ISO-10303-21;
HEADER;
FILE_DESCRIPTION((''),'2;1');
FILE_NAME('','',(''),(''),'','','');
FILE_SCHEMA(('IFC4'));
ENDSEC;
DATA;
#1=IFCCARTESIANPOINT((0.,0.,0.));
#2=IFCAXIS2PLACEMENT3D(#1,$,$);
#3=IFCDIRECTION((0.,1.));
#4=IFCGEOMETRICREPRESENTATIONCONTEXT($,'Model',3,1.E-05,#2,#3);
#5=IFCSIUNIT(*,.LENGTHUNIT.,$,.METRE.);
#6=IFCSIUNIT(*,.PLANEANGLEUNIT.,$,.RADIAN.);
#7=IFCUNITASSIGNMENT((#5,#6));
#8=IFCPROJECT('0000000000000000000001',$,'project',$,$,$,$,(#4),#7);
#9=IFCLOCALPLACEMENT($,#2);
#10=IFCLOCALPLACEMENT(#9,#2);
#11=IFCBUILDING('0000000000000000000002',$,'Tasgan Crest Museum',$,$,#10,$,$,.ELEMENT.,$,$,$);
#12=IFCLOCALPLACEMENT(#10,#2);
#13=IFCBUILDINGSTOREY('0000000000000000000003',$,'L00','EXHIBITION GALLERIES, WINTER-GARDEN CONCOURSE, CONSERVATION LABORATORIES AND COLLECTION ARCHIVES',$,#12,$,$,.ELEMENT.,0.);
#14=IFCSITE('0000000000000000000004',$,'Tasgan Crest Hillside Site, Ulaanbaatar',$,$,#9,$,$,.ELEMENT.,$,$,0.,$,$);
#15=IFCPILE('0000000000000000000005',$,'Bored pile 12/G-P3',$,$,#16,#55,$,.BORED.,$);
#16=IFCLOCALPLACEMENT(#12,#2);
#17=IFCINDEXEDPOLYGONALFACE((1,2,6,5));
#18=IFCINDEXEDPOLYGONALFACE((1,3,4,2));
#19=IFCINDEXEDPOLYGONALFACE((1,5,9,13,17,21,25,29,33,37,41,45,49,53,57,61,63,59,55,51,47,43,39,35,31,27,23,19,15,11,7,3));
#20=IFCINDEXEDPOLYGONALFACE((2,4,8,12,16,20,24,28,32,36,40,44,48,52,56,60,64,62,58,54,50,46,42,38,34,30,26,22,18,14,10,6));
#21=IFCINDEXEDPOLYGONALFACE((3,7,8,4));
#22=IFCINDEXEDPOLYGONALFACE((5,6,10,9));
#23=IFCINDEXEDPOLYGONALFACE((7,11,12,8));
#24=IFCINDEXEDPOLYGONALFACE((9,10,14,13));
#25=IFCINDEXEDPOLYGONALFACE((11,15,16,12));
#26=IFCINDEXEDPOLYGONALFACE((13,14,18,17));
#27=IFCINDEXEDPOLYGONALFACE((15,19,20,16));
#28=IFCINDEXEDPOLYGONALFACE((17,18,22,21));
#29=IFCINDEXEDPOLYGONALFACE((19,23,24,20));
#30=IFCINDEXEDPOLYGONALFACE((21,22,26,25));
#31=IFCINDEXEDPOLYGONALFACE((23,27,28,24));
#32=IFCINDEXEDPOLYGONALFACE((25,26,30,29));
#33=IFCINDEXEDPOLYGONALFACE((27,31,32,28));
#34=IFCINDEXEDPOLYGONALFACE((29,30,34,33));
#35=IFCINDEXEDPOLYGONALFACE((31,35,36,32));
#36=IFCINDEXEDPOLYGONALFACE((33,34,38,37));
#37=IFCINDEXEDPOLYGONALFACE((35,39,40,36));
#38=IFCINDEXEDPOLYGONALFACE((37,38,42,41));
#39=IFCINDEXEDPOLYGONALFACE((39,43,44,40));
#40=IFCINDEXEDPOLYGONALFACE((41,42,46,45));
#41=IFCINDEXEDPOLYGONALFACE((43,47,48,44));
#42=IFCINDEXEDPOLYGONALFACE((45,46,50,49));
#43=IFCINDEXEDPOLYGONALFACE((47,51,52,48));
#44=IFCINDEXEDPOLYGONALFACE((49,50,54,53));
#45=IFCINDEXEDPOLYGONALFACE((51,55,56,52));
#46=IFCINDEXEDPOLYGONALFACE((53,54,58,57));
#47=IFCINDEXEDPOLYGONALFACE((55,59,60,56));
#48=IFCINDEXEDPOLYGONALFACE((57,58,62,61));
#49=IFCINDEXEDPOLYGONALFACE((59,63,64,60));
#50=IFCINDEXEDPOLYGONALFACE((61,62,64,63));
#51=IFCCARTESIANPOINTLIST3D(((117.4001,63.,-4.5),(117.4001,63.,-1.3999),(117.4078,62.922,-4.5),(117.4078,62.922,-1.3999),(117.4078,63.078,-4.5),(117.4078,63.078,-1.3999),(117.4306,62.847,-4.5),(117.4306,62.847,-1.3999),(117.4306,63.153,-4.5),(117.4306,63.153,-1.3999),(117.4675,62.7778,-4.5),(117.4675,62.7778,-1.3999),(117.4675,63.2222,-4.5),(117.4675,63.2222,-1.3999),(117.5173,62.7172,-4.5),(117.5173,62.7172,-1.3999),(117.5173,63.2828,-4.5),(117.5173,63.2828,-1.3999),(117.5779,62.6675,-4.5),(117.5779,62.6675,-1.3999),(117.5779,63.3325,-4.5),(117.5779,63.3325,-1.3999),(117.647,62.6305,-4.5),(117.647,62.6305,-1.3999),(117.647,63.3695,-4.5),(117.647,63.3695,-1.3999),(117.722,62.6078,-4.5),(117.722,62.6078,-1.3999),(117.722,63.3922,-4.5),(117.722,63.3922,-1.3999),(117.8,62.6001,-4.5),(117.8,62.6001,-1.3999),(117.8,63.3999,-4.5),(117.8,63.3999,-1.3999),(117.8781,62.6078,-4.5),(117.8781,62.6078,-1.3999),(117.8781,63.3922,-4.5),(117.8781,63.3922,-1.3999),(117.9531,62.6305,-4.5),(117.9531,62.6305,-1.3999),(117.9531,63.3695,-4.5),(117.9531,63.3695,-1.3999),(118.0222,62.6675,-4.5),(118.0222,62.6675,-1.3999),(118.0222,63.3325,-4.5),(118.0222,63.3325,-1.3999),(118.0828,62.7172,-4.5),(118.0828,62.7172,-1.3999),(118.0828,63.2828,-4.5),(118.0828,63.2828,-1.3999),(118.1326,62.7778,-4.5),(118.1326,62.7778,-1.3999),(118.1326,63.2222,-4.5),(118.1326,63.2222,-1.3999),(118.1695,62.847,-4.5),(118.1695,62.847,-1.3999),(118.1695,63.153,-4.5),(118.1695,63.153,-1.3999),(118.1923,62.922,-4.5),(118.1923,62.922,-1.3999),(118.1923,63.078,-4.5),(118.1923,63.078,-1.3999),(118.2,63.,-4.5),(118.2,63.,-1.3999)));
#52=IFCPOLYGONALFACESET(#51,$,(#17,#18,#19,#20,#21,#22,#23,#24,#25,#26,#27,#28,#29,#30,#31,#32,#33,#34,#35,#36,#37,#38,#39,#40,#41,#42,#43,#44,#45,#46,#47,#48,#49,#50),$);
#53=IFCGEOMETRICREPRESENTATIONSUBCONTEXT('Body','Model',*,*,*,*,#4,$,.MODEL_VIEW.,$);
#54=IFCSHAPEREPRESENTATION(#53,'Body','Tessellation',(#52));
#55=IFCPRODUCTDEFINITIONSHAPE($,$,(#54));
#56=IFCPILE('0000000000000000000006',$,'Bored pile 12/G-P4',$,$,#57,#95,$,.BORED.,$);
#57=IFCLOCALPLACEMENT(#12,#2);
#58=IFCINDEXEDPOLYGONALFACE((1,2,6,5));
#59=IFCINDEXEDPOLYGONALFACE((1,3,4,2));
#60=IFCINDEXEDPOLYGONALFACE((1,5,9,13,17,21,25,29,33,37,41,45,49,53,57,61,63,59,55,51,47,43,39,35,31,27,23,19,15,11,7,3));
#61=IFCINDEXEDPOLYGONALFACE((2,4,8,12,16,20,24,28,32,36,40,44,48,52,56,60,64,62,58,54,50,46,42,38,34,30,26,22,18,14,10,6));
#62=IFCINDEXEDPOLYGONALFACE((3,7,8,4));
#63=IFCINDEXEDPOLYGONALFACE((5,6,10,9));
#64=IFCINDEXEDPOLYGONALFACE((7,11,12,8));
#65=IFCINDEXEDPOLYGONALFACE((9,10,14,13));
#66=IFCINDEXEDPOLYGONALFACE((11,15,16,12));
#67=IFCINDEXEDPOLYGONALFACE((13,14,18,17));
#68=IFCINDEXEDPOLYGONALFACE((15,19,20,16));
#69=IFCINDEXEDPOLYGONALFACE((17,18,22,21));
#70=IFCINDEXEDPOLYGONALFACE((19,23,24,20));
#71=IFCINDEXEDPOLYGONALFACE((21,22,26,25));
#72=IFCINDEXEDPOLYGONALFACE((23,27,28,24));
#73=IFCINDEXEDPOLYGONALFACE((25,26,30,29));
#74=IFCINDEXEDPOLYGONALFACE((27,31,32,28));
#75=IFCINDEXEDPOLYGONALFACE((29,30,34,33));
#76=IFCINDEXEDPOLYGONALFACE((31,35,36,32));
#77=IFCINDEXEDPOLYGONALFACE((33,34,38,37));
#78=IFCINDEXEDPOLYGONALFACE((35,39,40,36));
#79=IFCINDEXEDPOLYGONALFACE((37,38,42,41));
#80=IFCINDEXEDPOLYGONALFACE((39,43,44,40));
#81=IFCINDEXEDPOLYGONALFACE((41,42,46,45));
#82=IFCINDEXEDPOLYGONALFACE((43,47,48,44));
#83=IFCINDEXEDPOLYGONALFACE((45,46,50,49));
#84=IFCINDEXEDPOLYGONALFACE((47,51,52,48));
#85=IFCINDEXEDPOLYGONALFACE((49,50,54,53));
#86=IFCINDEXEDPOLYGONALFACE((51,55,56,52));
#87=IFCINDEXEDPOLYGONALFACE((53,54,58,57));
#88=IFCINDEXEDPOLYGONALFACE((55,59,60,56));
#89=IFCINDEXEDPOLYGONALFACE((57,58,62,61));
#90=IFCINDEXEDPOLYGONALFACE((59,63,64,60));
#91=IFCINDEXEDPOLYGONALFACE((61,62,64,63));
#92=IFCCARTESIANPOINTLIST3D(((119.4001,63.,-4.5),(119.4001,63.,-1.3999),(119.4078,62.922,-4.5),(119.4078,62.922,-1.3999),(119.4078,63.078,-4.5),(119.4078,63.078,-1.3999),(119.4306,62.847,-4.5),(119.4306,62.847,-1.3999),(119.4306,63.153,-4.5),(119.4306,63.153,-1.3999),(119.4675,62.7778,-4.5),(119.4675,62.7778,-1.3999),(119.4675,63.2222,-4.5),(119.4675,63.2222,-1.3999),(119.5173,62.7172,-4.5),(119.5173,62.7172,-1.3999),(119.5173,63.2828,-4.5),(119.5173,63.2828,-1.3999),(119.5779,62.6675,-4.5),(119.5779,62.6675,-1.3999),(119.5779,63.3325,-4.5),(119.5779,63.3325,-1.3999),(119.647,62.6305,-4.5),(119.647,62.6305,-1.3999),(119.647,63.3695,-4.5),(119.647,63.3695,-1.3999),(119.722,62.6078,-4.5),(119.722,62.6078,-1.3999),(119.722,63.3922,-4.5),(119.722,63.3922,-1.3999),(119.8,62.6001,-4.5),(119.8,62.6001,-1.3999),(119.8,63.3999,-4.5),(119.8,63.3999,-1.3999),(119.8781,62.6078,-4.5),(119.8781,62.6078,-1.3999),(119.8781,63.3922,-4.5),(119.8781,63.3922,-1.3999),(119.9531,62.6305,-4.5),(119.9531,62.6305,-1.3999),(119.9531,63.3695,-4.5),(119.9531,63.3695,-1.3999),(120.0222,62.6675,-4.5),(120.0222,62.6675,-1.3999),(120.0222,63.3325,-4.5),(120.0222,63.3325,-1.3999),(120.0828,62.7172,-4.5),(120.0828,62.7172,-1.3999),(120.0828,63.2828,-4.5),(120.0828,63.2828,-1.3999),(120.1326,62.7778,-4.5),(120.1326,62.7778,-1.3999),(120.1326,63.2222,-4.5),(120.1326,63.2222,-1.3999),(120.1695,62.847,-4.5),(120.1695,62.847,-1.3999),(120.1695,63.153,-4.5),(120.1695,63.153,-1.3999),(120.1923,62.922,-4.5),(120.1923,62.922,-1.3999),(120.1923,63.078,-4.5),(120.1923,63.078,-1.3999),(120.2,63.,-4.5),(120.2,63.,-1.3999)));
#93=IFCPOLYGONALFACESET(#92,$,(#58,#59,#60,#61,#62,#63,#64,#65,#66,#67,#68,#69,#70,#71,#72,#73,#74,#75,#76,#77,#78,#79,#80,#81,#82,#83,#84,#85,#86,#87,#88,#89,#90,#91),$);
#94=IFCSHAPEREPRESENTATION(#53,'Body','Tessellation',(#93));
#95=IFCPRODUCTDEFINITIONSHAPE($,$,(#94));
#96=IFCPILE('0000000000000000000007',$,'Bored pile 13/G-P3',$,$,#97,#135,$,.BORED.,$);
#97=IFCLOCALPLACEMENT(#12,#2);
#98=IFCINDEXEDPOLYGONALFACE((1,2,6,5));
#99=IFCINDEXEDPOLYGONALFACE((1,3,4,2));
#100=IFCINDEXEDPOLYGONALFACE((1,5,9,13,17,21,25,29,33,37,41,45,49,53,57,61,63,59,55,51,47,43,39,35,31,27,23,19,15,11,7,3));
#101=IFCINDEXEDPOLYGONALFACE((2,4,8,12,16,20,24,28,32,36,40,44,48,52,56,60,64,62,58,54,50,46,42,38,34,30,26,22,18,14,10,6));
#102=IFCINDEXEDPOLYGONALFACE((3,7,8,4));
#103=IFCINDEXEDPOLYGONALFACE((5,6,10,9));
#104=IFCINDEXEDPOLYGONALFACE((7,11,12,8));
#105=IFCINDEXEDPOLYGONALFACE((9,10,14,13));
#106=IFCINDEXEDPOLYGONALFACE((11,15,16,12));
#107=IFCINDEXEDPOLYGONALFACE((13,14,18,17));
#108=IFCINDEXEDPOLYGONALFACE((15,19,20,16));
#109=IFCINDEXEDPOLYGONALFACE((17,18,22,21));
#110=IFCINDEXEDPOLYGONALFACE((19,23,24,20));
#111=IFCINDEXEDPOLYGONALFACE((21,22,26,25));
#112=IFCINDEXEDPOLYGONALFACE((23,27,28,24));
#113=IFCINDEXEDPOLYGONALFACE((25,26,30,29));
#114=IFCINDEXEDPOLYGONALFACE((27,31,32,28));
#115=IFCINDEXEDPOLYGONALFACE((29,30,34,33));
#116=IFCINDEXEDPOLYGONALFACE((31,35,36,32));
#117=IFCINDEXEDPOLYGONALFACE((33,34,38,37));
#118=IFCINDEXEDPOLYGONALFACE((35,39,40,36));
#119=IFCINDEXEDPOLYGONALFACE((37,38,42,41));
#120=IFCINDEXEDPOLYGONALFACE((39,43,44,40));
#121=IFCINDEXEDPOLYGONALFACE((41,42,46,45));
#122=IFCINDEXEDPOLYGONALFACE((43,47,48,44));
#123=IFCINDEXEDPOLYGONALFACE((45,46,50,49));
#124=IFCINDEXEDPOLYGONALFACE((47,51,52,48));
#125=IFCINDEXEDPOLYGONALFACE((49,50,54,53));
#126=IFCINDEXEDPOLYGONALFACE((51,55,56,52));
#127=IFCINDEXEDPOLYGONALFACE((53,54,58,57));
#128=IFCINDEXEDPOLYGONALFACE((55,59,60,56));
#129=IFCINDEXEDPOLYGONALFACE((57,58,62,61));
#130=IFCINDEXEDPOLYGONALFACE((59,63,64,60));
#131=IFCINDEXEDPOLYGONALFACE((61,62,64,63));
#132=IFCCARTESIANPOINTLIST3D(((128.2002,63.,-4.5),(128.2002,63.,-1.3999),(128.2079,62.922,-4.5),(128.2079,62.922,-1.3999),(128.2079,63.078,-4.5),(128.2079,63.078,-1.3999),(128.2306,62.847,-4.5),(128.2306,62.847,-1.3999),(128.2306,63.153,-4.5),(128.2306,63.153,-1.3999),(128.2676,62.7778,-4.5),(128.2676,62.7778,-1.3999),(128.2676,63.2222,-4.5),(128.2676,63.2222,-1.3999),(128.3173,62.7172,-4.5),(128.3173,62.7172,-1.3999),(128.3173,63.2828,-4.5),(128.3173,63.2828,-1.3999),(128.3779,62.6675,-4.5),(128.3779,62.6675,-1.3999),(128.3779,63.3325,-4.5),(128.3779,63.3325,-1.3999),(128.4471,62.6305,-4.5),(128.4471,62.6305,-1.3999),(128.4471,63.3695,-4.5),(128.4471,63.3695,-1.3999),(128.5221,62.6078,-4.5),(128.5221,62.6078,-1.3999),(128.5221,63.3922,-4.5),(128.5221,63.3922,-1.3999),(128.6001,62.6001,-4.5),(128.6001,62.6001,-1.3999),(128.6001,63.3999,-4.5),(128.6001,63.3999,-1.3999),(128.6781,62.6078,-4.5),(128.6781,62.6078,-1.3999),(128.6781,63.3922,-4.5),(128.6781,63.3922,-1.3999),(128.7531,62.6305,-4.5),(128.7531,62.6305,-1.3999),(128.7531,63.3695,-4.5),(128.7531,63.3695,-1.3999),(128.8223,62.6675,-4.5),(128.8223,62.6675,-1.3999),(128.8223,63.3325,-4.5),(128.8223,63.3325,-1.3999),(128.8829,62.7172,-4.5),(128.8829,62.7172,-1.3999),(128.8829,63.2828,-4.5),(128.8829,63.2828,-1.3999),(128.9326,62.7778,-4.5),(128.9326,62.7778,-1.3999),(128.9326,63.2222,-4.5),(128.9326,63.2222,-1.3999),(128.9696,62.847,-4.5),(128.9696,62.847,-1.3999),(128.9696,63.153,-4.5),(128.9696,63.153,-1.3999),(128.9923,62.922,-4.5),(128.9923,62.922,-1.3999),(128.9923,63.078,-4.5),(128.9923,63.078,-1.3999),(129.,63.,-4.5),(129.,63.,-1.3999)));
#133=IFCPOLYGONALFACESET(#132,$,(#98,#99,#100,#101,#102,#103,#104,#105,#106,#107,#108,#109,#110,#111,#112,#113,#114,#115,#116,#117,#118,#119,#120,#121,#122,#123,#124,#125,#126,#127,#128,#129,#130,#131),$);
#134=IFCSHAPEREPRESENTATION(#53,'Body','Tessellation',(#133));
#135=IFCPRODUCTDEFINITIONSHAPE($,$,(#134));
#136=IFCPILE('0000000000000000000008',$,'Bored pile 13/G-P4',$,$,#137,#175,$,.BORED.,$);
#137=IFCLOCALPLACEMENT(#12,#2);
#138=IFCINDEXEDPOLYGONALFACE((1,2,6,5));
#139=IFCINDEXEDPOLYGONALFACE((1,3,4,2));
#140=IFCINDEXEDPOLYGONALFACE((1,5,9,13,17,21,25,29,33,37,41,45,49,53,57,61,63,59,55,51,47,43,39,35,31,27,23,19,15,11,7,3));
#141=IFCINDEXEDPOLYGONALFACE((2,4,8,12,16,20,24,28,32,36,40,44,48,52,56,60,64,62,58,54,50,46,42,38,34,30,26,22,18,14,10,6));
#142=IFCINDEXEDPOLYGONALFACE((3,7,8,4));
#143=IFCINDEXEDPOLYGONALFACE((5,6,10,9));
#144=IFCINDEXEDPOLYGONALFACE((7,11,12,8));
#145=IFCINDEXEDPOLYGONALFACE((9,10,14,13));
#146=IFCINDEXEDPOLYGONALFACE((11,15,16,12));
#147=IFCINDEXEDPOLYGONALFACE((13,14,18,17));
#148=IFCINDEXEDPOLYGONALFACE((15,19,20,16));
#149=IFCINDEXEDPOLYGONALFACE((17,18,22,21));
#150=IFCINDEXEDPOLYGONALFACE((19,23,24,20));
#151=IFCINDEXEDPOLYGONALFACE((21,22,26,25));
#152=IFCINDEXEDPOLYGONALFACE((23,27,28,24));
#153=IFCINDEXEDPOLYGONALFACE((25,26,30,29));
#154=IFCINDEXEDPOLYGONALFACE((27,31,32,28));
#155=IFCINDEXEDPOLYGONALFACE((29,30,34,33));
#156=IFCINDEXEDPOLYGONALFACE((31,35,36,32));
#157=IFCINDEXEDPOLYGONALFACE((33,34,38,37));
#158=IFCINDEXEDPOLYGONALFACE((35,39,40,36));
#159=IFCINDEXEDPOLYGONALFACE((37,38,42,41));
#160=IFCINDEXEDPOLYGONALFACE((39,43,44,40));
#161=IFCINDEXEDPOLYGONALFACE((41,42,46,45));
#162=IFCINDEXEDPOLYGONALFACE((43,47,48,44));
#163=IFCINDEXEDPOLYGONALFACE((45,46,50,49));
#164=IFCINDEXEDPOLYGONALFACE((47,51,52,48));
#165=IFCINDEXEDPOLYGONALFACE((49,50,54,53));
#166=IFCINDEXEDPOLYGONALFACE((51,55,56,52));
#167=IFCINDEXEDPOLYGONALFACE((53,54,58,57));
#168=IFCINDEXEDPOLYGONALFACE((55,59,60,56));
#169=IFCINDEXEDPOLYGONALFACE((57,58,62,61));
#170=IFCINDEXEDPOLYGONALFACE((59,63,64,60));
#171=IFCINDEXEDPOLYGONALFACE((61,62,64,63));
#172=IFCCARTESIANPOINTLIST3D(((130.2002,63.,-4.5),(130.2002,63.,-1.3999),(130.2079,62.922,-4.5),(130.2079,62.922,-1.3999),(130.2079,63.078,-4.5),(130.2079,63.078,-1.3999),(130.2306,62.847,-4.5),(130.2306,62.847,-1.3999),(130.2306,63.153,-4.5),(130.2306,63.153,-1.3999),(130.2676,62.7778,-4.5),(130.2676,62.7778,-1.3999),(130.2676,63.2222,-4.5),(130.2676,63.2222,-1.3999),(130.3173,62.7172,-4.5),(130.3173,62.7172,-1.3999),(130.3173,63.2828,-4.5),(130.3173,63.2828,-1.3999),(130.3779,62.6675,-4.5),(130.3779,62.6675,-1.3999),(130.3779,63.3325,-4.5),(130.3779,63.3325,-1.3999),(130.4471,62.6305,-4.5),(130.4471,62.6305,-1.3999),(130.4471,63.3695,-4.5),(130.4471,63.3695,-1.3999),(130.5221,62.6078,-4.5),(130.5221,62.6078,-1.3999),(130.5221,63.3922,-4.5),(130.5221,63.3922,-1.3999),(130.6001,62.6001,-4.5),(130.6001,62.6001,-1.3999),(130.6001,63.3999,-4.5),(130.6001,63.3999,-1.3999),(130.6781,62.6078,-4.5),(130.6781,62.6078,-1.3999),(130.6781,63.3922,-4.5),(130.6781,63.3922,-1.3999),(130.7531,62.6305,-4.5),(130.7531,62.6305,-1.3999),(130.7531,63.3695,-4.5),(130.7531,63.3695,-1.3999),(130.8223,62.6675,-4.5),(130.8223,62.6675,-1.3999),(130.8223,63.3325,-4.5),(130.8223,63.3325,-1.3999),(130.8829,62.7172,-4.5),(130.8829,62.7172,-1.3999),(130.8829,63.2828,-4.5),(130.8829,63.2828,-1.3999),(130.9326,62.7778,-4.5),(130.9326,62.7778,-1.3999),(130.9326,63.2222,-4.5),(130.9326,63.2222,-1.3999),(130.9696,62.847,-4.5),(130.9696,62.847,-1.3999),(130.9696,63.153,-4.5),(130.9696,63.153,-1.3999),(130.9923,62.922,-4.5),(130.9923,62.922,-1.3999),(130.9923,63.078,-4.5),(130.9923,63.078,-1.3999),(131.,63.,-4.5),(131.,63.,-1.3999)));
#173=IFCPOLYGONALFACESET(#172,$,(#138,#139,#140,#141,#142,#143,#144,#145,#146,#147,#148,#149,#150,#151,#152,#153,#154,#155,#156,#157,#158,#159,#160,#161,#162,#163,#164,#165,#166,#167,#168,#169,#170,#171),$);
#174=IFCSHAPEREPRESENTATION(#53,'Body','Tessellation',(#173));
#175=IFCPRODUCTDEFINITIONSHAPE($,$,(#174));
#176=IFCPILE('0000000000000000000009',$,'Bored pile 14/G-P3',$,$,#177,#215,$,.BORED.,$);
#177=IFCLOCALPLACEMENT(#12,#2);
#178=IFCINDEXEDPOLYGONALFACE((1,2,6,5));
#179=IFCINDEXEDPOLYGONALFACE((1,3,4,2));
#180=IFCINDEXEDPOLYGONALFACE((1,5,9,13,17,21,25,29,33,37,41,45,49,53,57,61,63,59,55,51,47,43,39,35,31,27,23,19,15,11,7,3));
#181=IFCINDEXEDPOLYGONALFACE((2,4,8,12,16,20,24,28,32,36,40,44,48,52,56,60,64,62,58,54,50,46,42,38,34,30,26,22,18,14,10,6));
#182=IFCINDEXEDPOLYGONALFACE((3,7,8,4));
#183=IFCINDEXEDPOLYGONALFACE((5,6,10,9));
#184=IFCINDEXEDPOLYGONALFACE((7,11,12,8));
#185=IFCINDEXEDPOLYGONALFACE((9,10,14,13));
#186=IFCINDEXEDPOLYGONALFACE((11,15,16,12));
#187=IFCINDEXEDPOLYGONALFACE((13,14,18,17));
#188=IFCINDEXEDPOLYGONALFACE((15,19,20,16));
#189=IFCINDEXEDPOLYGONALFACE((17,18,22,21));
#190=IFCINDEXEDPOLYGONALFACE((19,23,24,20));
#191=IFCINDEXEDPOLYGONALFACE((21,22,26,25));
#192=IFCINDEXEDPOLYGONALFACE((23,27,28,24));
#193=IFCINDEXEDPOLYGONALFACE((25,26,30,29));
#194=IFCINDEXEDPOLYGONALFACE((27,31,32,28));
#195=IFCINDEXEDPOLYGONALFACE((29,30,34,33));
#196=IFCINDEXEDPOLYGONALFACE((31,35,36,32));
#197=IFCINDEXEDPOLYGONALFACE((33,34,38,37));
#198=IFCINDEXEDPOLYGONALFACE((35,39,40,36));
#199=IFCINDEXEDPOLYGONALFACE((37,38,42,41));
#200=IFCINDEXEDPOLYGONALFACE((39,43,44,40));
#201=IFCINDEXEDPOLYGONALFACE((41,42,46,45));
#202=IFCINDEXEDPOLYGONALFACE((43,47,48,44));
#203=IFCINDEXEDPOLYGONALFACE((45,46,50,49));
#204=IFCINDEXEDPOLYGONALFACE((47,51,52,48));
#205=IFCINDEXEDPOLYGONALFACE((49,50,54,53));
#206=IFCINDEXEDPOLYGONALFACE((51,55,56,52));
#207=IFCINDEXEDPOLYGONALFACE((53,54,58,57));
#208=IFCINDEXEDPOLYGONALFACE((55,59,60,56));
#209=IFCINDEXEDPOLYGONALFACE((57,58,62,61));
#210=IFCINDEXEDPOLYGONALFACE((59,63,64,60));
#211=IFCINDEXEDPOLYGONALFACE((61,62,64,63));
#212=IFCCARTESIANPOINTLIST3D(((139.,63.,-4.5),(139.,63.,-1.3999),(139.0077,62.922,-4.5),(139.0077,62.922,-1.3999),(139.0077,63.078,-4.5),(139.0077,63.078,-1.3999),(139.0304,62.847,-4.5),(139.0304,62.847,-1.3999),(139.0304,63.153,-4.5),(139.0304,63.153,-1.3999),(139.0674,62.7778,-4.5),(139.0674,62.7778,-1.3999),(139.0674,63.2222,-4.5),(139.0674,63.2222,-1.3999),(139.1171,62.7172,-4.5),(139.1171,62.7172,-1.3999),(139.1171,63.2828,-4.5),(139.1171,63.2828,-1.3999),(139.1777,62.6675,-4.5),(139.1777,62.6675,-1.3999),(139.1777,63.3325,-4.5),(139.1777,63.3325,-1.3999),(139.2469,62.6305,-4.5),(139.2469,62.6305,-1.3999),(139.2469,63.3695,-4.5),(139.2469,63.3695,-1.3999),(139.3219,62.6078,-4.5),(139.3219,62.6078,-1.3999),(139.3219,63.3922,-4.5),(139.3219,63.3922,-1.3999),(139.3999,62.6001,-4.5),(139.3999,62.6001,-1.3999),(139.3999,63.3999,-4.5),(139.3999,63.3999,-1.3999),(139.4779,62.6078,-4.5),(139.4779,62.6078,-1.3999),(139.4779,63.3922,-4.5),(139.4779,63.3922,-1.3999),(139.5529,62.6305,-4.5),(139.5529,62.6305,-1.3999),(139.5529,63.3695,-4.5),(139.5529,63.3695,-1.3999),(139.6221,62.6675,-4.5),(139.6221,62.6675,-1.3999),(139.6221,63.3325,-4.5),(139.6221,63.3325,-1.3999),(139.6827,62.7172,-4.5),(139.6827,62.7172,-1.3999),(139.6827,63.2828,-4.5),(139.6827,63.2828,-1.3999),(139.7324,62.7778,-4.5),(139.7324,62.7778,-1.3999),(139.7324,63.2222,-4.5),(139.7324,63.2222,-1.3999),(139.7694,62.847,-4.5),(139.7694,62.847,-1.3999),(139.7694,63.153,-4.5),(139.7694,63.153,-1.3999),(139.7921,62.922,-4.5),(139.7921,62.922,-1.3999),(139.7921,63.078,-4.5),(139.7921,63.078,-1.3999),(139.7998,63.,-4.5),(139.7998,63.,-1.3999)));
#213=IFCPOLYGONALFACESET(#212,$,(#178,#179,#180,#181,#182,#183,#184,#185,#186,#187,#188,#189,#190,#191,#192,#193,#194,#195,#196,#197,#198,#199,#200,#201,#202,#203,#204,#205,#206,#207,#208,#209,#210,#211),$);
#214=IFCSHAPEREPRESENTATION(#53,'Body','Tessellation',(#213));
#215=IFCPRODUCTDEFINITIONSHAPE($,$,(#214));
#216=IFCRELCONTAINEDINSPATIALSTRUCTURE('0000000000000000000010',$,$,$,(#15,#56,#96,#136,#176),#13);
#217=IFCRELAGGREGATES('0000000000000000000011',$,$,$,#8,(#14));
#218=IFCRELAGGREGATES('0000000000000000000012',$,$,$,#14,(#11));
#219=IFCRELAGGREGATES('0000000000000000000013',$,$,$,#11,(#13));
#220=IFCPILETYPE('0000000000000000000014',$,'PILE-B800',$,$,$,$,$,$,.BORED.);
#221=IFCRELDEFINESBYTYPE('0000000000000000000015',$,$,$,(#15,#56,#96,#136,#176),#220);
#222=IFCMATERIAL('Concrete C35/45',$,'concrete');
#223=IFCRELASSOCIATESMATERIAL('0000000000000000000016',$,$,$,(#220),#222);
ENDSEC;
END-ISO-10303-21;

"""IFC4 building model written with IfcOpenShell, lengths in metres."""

from ifc_helpers import new_model, si_unit, direction, frame, origin, origin_2d, place, context, subcontext, project, spatial, circle, extrude, material, material_profile, profile_set, type_object, element, save


model = new_model("IFC4")

# Units and contexts
model_context = context("Model", 3, precision=1e-05, world=origin(), true_north=direction((0.0, 1.0)))
body_context = subcontext(model_context, "Body", "Model", "MODEL_VIEW")
ifc_project = project(units=[si_unit("LENGTHUNIT", "METRE"), si_unit("PLANEANGLEUNIT", "RADIAN")], contexts=[model_context])

# Site, building, storey
site_placement = place(None, origin())
site = spatial("IfcSite", under=ifc_project, at=site_placement, Name="Tasgan Crest Hillside Site, Ulaanbaatar", CompositionType="ELEMENT", RefElevation=0.0)
building_placement = place(site_placement, origin())
building = spatial("IfcBuilding", under=site, at=building_placement, Name="Tasgan Crest Museum", CompositionType="ELEMENT")
storey_placement = place(building_placement, origin())
storey = spatial("IfcBuildingStorey", under=building, at=storey_placement, Name="L00", Description="EXHIBITION GALLERIES, WINTER-GARDEN CONCOURSE, CONSERVATION LABORATORIES AND COLLECTION ARCHIVES", CompositionType="ELEMENT", Elevation=0.0)

# Piles
ifc_material_1 = material(Name="Concrete C35/45", Category="concrete")
ifc_material_profile_1 = material_profile(ifc_material_1, circle(Radius=0.3999, at=origin_2d()), Name="PILE D800")
ifc_profile_set_1 = profile_set([ifc_material_profile_1], Name="Concrete C35/45")
pile_type_1 = type_object("IfcPileType", Name="PILE-B800", PredefinedType="BORED", material=ifc_profile_set_1)
for number, where, z_axis, x_axis, name in (
    (1, (117.8, 63.0, -1.3999), (0.0, 0.0, -1.0), (1.0, 0.0, 0.0), "Bored pile 12/G-P3"),
    (2, (119.8, 63.0, -1.3999), (0.0, 0.0, -1.0), (1.0, 0.0, 0.0), "Bored pile 12/G-P4"),
    (3, (128.6001, 63.0, -1.3999), (0.0, 0.0, -1.0), (1.0, 0.0, 0.0), "Bored pile 13/G-P3"),
    (4, (130.6001, 63.0, -1.3999), (0.0, 0.0, -1.0), (1.0, 0.0, 0.0), "Bored pile 13/G-P4"),
    (5, (139.3999, 63.0, -1.3999), (0.0, 0.0, -1.0), (1.0, 0.0, 0.0), "Bored pile 14/G-P3"),
):
    element("IfcPile", number, at=place(storey_placement, frame(where, z_axis=z_axis, x_axis=x_axis)), inside=storey, type_object=pile_type_1, Name=name, PredefinedType="BORED", context=body_context, shape_type="SweptSolid", body=[
        extrude(circle(Radius=0.3999, at=origin_2d()), origin(), (0.0, 0.0, 1.0), 3.1001),
    ])

save(model, "model.ifc")
